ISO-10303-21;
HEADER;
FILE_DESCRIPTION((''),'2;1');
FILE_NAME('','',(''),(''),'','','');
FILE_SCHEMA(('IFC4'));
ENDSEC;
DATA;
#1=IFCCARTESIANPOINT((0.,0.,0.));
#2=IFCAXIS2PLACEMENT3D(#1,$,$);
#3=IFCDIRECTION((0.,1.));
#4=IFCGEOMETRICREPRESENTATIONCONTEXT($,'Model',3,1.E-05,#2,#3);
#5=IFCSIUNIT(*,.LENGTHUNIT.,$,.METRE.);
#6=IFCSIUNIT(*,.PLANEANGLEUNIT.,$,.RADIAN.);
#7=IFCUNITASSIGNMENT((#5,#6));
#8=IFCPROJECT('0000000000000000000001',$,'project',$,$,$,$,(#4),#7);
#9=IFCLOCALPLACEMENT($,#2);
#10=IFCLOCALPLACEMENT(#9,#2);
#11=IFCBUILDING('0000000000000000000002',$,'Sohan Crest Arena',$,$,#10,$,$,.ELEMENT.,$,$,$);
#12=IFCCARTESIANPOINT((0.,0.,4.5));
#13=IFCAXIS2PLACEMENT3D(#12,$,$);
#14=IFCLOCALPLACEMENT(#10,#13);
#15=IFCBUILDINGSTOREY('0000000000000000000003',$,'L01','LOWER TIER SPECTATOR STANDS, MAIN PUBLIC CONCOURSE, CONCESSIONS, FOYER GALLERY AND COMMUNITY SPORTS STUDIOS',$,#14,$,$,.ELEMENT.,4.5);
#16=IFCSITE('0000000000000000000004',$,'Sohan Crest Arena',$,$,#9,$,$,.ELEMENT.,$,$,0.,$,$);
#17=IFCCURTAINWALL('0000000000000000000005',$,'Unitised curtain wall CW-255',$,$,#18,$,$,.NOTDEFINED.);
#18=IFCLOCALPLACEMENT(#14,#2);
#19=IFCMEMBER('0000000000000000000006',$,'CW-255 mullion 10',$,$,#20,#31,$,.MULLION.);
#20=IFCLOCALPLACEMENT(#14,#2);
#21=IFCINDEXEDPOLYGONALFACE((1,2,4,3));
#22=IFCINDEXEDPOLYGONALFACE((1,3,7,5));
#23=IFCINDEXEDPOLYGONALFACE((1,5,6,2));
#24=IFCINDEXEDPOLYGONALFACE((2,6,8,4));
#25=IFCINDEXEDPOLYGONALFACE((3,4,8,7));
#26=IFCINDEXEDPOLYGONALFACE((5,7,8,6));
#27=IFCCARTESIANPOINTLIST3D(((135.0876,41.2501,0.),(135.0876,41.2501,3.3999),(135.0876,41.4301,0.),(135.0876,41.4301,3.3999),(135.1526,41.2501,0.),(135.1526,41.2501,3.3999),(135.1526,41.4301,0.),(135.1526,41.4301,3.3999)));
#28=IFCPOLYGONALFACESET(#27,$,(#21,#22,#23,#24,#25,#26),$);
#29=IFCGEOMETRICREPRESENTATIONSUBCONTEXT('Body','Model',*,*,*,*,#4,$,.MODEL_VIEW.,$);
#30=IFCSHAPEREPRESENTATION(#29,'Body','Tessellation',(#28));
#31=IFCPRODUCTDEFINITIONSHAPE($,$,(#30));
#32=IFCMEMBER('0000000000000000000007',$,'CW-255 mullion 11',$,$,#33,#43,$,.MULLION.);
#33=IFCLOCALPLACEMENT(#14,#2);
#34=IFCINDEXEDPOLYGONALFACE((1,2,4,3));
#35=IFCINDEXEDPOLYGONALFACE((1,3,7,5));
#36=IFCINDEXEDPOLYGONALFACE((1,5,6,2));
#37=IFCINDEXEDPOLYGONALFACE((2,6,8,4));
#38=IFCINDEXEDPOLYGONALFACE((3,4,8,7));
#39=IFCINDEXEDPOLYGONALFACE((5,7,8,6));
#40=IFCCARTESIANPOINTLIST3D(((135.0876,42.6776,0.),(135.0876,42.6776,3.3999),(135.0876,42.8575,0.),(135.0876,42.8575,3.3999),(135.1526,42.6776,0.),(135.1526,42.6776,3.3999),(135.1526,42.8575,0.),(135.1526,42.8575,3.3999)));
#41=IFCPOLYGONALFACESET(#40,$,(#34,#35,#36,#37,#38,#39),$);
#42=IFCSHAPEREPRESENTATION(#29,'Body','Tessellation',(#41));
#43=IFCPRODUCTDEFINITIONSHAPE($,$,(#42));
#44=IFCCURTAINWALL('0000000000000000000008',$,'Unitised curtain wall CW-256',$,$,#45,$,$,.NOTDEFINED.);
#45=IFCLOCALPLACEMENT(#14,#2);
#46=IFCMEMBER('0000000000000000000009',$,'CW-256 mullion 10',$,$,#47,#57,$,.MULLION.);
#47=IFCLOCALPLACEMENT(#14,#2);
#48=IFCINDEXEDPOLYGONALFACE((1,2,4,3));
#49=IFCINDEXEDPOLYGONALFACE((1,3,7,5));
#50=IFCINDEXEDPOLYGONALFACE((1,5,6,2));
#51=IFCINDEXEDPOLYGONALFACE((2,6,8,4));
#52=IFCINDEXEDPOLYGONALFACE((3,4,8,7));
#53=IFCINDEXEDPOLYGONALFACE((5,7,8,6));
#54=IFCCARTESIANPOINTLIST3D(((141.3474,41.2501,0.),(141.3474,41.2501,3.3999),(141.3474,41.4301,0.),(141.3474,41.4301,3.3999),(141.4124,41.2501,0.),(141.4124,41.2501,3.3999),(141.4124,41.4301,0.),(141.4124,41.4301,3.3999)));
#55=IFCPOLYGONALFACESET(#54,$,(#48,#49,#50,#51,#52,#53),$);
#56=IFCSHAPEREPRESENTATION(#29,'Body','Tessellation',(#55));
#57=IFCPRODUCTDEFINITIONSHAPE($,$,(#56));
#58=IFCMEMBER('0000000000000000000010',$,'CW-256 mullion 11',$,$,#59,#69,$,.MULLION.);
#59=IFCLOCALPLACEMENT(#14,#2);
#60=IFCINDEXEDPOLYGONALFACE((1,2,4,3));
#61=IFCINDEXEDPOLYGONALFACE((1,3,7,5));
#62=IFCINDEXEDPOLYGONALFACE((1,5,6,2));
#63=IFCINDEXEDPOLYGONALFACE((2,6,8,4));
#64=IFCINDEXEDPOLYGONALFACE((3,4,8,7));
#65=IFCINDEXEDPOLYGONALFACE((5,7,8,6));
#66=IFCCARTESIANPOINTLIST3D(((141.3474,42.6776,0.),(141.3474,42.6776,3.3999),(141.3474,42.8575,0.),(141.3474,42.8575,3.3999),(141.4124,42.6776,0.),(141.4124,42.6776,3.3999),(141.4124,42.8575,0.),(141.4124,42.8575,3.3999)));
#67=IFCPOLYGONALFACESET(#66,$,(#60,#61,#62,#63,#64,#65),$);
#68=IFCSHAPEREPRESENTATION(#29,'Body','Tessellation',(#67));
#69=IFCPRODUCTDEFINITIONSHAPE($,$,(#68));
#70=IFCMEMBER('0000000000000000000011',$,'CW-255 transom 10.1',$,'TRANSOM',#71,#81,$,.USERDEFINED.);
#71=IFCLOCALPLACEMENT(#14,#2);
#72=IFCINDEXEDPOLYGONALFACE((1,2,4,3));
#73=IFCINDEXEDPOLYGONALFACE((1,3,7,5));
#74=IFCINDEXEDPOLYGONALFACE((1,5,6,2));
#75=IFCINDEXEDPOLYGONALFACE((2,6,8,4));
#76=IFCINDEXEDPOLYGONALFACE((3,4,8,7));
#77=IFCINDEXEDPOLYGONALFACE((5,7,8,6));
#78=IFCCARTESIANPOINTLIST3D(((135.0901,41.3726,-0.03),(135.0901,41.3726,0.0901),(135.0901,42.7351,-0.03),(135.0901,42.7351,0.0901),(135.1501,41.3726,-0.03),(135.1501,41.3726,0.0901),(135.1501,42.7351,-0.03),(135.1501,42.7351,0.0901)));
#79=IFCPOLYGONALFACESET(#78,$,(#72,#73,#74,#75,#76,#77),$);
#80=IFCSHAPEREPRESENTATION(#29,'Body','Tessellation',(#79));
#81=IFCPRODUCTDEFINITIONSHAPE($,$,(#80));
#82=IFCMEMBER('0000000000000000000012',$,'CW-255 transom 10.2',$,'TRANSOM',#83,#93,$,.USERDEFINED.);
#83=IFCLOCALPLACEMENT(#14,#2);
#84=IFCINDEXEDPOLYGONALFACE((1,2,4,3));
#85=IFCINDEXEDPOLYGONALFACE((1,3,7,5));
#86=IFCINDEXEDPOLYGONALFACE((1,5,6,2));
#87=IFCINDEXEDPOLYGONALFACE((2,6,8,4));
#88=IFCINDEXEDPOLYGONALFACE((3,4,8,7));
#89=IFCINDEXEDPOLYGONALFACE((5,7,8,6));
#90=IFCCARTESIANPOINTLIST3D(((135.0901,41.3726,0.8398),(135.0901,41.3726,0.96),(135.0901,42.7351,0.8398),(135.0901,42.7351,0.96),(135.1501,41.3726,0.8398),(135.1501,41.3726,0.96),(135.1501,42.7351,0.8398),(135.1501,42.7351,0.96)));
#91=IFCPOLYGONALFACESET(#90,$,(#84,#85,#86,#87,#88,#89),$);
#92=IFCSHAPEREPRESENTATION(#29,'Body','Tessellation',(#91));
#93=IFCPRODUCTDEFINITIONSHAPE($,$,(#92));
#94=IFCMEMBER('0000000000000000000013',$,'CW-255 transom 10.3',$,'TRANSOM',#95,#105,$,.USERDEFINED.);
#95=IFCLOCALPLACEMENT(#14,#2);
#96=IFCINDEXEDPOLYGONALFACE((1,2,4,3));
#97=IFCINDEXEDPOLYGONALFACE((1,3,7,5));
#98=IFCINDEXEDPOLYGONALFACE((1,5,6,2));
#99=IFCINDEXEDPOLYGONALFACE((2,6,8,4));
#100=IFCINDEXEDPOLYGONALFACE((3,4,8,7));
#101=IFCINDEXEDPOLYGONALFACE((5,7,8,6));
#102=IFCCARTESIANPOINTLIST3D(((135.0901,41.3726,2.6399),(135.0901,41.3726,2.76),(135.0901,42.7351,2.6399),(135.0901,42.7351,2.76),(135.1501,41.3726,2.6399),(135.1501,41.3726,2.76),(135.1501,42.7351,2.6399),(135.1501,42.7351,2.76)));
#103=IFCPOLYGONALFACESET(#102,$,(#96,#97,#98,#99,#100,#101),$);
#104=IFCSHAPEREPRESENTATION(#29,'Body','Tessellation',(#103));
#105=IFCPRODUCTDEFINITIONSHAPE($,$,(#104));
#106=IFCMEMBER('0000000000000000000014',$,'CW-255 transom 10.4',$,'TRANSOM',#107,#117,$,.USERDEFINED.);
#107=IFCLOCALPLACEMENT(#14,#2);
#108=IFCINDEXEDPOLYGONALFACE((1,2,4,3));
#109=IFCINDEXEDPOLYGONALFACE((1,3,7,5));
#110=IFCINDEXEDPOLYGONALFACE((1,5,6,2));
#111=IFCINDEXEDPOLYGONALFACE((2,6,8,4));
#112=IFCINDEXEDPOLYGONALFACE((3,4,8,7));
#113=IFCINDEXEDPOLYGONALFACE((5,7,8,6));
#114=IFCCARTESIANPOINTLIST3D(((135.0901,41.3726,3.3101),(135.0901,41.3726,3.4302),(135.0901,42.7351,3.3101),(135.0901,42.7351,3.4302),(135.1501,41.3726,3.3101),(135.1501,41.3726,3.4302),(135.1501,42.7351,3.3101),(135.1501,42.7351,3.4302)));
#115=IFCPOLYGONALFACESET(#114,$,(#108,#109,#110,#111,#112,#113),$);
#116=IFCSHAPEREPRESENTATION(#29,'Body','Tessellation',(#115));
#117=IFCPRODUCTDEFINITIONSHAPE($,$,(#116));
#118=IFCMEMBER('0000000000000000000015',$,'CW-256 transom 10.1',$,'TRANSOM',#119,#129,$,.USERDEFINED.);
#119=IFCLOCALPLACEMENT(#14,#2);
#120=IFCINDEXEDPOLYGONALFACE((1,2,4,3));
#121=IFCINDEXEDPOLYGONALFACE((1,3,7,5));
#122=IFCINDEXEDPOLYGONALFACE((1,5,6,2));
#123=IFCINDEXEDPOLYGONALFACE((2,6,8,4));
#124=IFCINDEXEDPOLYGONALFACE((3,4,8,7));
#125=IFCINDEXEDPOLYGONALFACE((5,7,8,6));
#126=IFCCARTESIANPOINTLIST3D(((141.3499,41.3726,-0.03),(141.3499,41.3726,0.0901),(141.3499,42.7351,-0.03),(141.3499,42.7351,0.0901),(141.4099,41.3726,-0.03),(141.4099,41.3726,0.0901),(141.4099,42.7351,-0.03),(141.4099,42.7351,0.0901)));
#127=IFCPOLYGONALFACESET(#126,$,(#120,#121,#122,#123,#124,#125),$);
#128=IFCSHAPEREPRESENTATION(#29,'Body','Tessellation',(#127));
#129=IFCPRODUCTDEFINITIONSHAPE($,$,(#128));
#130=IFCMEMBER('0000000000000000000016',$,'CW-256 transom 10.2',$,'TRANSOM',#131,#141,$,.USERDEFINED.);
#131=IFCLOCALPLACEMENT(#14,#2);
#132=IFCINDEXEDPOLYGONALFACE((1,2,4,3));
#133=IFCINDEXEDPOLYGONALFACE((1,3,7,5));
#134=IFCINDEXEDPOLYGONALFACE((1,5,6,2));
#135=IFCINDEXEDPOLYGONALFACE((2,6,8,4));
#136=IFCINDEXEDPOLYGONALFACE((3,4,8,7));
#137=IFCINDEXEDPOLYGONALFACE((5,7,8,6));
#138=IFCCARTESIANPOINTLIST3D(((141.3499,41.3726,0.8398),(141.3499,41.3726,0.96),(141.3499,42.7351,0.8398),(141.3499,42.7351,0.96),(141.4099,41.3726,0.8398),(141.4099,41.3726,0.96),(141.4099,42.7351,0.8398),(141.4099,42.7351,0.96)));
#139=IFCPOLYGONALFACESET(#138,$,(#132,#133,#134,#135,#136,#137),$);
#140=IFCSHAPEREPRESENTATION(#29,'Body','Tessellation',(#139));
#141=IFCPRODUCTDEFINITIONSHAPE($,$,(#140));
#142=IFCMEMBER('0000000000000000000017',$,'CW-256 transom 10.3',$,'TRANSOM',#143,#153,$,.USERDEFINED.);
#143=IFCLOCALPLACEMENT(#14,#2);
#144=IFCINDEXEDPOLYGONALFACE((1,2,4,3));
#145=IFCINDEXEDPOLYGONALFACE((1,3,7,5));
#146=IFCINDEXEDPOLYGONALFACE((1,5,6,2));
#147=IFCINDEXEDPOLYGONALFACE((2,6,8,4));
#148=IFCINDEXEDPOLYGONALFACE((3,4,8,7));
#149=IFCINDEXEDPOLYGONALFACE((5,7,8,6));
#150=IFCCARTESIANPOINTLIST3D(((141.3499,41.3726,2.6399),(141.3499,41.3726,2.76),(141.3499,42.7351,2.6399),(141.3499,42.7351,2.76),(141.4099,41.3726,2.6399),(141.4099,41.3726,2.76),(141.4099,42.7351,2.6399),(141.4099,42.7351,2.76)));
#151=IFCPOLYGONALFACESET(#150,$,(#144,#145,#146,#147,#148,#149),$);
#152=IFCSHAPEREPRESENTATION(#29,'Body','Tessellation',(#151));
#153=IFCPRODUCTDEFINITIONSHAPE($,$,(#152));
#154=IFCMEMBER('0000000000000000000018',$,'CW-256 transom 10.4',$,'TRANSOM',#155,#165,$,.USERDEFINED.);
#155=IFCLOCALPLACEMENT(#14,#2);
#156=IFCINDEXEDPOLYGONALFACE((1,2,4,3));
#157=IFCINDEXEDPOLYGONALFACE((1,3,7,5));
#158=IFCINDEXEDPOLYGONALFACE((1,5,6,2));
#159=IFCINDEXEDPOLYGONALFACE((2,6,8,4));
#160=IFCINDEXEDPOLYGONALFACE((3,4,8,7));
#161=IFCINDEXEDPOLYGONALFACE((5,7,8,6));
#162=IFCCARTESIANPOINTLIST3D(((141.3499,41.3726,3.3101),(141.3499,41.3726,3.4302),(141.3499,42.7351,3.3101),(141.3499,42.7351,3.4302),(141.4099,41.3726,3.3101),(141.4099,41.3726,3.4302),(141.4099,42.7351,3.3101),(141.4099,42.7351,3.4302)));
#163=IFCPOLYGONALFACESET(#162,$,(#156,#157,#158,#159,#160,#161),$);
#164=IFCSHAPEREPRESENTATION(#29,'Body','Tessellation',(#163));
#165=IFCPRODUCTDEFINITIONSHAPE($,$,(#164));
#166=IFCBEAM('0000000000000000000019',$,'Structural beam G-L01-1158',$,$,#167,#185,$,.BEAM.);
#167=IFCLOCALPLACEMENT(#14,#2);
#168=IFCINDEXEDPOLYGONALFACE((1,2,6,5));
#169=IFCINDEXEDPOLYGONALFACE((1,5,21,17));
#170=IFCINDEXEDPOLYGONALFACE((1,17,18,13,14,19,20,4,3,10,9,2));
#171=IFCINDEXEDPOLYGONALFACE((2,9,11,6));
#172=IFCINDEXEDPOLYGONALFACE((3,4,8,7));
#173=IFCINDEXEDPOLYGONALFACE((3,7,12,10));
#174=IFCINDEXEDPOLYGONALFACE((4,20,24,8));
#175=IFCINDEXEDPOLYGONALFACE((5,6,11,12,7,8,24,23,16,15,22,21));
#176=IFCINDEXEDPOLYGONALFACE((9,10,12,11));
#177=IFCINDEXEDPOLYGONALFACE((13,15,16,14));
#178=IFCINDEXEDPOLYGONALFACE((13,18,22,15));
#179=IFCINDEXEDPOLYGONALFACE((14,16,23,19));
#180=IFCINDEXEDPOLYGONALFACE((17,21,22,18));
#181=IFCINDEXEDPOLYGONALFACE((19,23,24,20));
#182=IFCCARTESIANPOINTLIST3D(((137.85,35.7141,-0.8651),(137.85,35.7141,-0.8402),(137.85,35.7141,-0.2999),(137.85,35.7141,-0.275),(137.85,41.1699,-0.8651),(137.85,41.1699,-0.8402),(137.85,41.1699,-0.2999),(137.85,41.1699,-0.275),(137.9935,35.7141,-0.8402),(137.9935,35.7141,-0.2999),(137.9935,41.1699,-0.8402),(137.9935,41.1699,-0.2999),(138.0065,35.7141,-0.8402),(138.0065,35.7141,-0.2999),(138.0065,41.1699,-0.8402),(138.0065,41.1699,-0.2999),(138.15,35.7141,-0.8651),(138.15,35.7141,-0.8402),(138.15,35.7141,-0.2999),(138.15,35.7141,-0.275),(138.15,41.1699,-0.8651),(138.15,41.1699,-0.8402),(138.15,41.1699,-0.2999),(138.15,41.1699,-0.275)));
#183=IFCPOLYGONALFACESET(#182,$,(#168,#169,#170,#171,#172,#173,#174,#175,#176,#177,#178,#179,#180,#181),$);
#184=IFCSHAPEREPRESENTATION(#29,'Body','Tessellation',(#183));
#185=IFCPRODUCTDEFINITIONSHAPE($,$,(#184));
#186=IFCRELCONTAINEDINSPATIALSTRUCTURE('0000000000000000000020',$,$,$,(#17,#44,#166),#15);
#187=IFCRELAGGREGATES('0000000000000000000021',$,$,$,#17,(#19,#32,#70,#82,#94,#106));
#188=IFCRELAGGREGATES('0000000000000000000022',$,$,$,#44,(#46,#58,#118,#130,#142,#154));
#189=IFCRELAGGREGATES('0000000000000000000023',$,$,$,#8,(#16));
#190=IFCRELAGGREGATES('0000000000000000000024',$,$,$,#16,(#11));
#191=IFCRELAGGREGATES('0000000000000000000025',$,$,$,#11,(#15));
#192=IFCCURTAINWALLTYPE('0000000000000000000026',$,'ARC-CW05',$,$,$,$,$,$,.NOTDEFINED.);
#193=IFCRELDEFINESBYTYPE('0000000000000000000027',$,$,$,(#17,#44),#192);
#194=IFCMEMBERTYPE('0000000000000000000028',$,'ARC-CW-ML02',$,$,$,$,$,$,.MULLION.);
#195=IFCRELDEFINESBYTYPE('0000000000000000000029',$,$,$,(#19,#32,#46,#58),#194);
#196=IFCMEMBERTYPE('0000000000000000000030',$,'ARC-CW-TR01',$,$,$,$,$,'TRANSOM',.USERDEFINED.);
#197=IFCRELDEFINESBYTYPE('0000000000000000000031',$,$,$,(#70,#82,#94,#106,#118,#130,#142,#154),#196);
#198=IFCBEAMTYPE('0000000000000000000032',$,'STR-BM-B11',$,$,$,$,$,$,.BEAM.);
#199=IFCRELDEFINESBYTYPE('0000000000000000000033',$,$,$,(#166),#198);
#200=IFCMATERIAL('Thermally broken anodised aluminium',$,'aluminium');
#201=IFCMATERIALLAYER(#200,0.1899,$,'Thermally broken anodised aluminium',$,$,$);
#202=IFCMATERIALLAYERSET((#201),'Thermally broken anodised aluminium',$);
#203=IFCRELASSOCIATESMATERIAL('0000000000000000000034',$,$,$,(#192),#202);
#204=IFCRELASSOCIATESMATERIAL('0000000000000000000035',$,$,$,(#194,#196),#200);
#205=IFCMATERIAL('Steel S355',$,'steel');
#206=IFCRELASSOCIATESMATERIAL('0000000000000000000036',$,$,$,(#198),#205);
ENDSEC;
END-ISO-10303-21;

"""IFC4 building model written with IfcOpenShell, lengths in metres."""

from ifc_helpers import new_model, si_unit, direction, frame, origin, origin_2d, place, context, subcontext, project, spatial, rectangle, i_section, extrude, material, layer, layer_set, material_profile, profile_set, type_object, element, aggregate, save


model = new_model("IFC4")

# Units and contexts
model_context = context("Model", 3, precision=1e-05, world=origin(), true_north=direction((0.0, 1.0)))
body_context = subcontext(model_context, "Body", "Model", "MODEL_VIEW")
ifc_project = project(units=[si_unit("LENGTHUNIT", "METRE"), si_unit("PLANEANGLEUNIT", "RADIAN")], contexts=[model_context])

# Site, building, storey
site_placement = place(None, origin())
site = spatial("IfcSite", under=ifc_project, at=site_placement, Name="Sohan Crest Arena", CompositionType="ELEMENT", RefElevation=0.0)
building_placement = place(site_placement, origin())
building = spatial("IfcBuilding", under=site, at=building_placement, Name="Sohan Crest Arena", CompositionType="ELEMENT")
storey_placement = place(building_placement, frame((0.0, 0.0, 4.5)))
storey = spatial("IfcBuildingStorey", under=building, at=storey_placement, Name="L01", Description="LOWER TIER SPECTATOR STANDS, MAIN PUBLIC CONCOURSE, CONCESSIONS, FOYER GALLERY AND COMMUNITY SPORTS STUDIOS", CompositionType="ELEMENT", Elevation=4.5)

# Curtain walls, members
ifc_material_1 = material(Name="Thermally broken anodised aluminium", Category="aluminium")
ifc_layer_1 = layer(ifc_material_1, 0.1899, Name="Thermally broken anodised aluminium")
ifc_layer_set_1 = layer_set([ifc_layer_1], Name="Thermally broken anodised aluminium")
curtain_wall_type = type_object("IfcCurtainWallType", Name="ARC-CW05", PredefinedType="NOTDEFINED", material=ifc_layer_set_1)
curtain_wall_1_placement = place(storey_placement, origin())
curtain_wall_1 = element("IfcCurtainWall", 1, at=curtain_wall_1_placement, inside=storey, type_object=curtain_wall_type, Name="Unitised curtain wall CW-255", PredefinedType="NOTDEFINED")
ifc_material_profile_1 = material_profile(ifc_material_1, rectangle(XDim=0.0649, YDim=0.1799, at=origin_2d()), Name="ALU-MULL 65x180")
ifc_profile_set_1 = profile_set([ifc_material_profile_1], Name="Thermally broken anodised aluminium")
member_type_1 = type_object("IfcMemberType", Name="ARC-CW-ML02", PredefinedType="MULLION", material=ifc_profile_set_1)
member_1_placement = place(storey_placement, frame((135.1201, 41.3401, 0.0), z_axis=(0.0, 0.0, 1.0), x_axis=(-1.0, 0.0, 0.0)))
member_1 = element("IfcMember", 2, at=member_1_placement, type_object=member_type_1, Name="CW-255 mullion 10", PredefinedType="MULLION", context=body_context, shape_type="SweptSolid", body=[
    extrude(rectangle(XDim=0.0649, YDim=0.1799, at=origin_2d()), origin(), (0.0, 0.0, 1.0), 3.3999),
])
member_2_placement = place(storey_placement, frame((135.1201, 42.7676, 0.0), z_axis=(0.0, 0.0, 1.0), x_axis=(-1.0, 0.0, 0.0)))
member_2 = element("IfcMember", 3, at=member_2_placement, type_object=member_type_1, Name="CW-255 mullion 11", PredefinedType="MULLION", context=body_context, shape_type="SweptSolid", body=[
    extrude(rectangle(XDim=0.0649, YDim=0.1799, at=origin_2d()), origin(), (0.0, 0.0, 1.0), 3.3999),
])
curtain_wall_2_placement = place(storey_placement, origin())
curtain_wall_2 = element("IfcCurtainWall", 4, at=curtain_wall_2_placement, inside=storey, type_object=curtain_wall_type, Name="Unitised curtain wall CW-256", PredefinedType="NOTDEFINED")
member_3_placement = place(storey_placement, frame((141.3799, 41.3401, 0.0), z_axis=(0.0, 0.0, 1.0), x_axis=(-1.0, 0.0, 0.0)))
member_3 = element("IfcMember", 5, at=member_3_placement, type_object=member_type_1, Name="CW-256 mullion 10", PredefinedType="MULLION", context=body_context, shape_type="SweptSolid", body=[
    extrude(rectangle(XDim=0.0649, YDim=0.1799, at=origin_2d()), origin(), (0.0, 0.0, 1.0), 3.3999),
])
member_4_placement = place(storey_placement, frame((141.3799, 42.7676, 0.0), z_axis=(0.0, 0.0, 1.0), x_axis=(-1.0, 0.0, 0.0)))
member_4 = element("IfcMember", 6, at=member_4_placement, type_object=member_type_1, Name="CW-256 mullion 11", PredefinedType="MULLION", context=body_context, shape_type="SweptSolid", body=[
    extrude(rectangle(XDim=0.0649, YDim=0.1799, at=origin_2d()), origin(), (0.0, 0.0, 1.0), 3.3999),
])

# Members
ifc_material_profile_2 = material_profile(ifc_material_1, rectangle(XDim=0.0601, YDim=0.1201, at=origin_2d()), Name="ALU-TRAN 60x120")
ifc_profile_set_2 = profile_set([ifc_material_profile_2], Name="Thermally broken anodised aluminium")
member_type_2 = type_object("IfcMemberType", Name="ARC-CW-TR01", ElementType="TRANSOM", PredefinedType="USERDEFINED", material=ifc_profile_set_2)
member_5_placement = place(storey_placement, frame((135.1201, 41.3726, 0.03), z_axis=(0.0, 1.0, 0.0), x_axis=(-1.0, 0.0, 0.0)))
member_5 = element("IfcMember", 7, at=member_5_placement, type_object=member_type_2, Name="CW-255 transom 10.1", ObjectType="TRANSOM", PredefinedType="USERDEFINED", context=body_context, shape_type="SweptSolid", body=[
    extrude(rectangle(XDim=0.0601, YDim=0.1201, at=origin_2d()), origin(), (0.0, 0.0, 1.0), 1.3625),
])
member_6_placement = place(storey_placement, frame((135.1201, 41.3726, 0.8999), z_axis=(0.0, 1.0, 0.0), x_axis=(-1.0, 0.0, 0.0)))
member_6 = element("IfcMember", 8, at=member_6_placement, type_object=member_type_2, Name="CW-255 transom 10.2", ObjectType="TRANSOM", PredefinedType="USERDEFINED", context=body_context, shape_type="SweptSolid", body=[
    extrude(rectangle(XDim=0.0601, YDim=0.1201, at=origin_2d()), origin(), (0.0, 0.0, 1.0), 1.3625),
])
member_7_placement = place(storey_placement, frame((135.1201, 41.3726, 2.7), z_axis=(0.0, 1.0, 0.0), x_axis=(-1.0, 0.0, 0.0)))
member_7 = element("IfcMember", 9, at=member_7_placement, type_object=member_type_2, Name="CW-255 transom 10.3", ObjectType="TRANSOM", PredefinedType="USERDEFINED", context=body_context, shape_type="SweptSolid", body=[
    extrude(rectangle(XDim=0.0601, YDim=0.1201, at=origin_2d()), origin(), (0.0, 0.0, 1.0), 1.3625),
])
member_8_placement = place(storey_placement, frame((135.1201, 41.3726, 3.3701), z_axis=(0.0, 1.0, 0.0), x_axis=(-1.0, 0.0, 0.0)))
member_8 = element("IfcMember", 10, at=member_8_placement, type_object=member_type_2, Name="CW-255 transom 10.4", ObjectType="TRANSOM", PredefinedType="USERDEFINED", context=body_context, shape_type="SweptSolid", body=[
    extrude(rectangle(XDim=0.0601, YDim=0.1201, at=origin_2d()), origin(), (0.0, 0.0, 1.0), 1.3625),
])
member_9_placement = place(storey_placement, frame((141.3799, 41.3726, 0.03), z_axis=(0.0, 1.0, 0.0), x_axis=(-1.0, 0.0, 0.0)))
member_9 = element("IfcMember", 11, at=member_9_placement, type_object=member_type_2, Name="CW-256 transom 10.1", ObjectType="TRANSOM", PredefinedType="USERDEFINED", context=body_context, shape_type="SweptSolid", body=[
    extrude(rectangle(XDim=0.0601, YDim=0.1201, at=origin_2d()), origin(), (0.0, 0.0, 1.0), 1.3625),
])
member_10_placement = place(storey_placement, frame((141.3799, 41.3726, 0.8999), z_axis=(0.0, 1.0, 0.0), x_axis=(-1.0, 0.0, 0.0)))
member_10 = element("IfcMember", 12, at=member_10_placement, type_object=member_type_2, Name="CW-256 transom 10.2", ObjectType="TRANSOM", PredefinedType="USERDEFINED", context=body_context, shape_type="SweptSolid", body=[
    extrude(rectangle(XDim=0.0601, YDim=0.1201, at=origin_2d()), origin(), (0.0, 0.0, 1.0), 1.3625),
])
member_11_placement = place(storey_placement, frame((141.3799, 41.3726, 2.7), z_axis=(0.0, 1.0, 0.0), x_axis=(-1.0, 0.0, 0.0)))
member_11 = element("IfcMember", 13, at=member_11_placement, type_object=member_type_2, Name="CW-256 transom 10.3", ObjectType="TRANSOM", PredefinedType="USERDEFINED", context=body_context, shape_type="SweptSolid", body=[
    extrude(rectangle(XDim=0.0601, YDim=0.1201, at=origin_2d()), origin(), (0.0, 0.0, 1.0), 1.3625),
])
member_12_placement = place(storey_placement, frame((141.3799, 41.3726, 3.3701), z_axis=(0.0, 1.0, 0.0), x_axis=(-1.0, 0.0, 0.0)))
member_12 = element("IfcMember", 14, at=member_12_placement, type_object=member_type_2, Name="CW-256 transom 10.4", ObjectType="TRANSOM", PredefinedType="USERDEFINED", context=body_context, shape_type="SweptSolid", body=[
    extrude(rectangle(XDim=0.0601, YDim=0.1201, at=origin_2d()), origin(), (0.0, 0.0, 1.0), 1.3625),
])

# Beam
ifc_material_2 = material(Name="Steel S355", Category="steel")
ifc_material_profile_3 = material_profile(ifc_material_2, i_section(OverallWidth=0.3, OverallDepth=0.5901, WebThickness=0.0129, FlangeThickness=0.0249, at=origin_2d()), Name="HEA 600")
ifc_profile_set_3 = profile_set([ifc_material_profile_3], Name="Steel S355")
beam_type_1 = type_object("IfcBeamType", Name="STR-BM-B11", PredefinedType="BEAM", material=ifc_profile_set_3)
beam_1_placement = place(storey_placement, frame((138.0, 41.1699, -0.5701), z_axis=(0.0, -1.0, 0.0), x_axis=(1.0, 0.0, 0.0)))
element("IfcBeam", 15, at=beam_1_placement, inside=storey, type_object=beam_type_1, Name="Structural beam G-L01-1158", PredefinedType="BEAM", context=body_context, shape_type="SweptSolid", body=[
    extrude(i_section(OverallWidth=0.3, OverallDepth=0.5901, WebThickness=0.0129, FlangeThickness=0.0249, at=origin_2d()), origin(), (0.0, 0.0, 1.0), 5.4558),
])

aggregate(curtain_wall_1, [member_1, member_2, member_5, member_6, member_7, member_8])
aggregate(curtain_wall_2, [member_3, member_4, member_9, member_10, member_11, member_12])

save(model, "model.ifc")
